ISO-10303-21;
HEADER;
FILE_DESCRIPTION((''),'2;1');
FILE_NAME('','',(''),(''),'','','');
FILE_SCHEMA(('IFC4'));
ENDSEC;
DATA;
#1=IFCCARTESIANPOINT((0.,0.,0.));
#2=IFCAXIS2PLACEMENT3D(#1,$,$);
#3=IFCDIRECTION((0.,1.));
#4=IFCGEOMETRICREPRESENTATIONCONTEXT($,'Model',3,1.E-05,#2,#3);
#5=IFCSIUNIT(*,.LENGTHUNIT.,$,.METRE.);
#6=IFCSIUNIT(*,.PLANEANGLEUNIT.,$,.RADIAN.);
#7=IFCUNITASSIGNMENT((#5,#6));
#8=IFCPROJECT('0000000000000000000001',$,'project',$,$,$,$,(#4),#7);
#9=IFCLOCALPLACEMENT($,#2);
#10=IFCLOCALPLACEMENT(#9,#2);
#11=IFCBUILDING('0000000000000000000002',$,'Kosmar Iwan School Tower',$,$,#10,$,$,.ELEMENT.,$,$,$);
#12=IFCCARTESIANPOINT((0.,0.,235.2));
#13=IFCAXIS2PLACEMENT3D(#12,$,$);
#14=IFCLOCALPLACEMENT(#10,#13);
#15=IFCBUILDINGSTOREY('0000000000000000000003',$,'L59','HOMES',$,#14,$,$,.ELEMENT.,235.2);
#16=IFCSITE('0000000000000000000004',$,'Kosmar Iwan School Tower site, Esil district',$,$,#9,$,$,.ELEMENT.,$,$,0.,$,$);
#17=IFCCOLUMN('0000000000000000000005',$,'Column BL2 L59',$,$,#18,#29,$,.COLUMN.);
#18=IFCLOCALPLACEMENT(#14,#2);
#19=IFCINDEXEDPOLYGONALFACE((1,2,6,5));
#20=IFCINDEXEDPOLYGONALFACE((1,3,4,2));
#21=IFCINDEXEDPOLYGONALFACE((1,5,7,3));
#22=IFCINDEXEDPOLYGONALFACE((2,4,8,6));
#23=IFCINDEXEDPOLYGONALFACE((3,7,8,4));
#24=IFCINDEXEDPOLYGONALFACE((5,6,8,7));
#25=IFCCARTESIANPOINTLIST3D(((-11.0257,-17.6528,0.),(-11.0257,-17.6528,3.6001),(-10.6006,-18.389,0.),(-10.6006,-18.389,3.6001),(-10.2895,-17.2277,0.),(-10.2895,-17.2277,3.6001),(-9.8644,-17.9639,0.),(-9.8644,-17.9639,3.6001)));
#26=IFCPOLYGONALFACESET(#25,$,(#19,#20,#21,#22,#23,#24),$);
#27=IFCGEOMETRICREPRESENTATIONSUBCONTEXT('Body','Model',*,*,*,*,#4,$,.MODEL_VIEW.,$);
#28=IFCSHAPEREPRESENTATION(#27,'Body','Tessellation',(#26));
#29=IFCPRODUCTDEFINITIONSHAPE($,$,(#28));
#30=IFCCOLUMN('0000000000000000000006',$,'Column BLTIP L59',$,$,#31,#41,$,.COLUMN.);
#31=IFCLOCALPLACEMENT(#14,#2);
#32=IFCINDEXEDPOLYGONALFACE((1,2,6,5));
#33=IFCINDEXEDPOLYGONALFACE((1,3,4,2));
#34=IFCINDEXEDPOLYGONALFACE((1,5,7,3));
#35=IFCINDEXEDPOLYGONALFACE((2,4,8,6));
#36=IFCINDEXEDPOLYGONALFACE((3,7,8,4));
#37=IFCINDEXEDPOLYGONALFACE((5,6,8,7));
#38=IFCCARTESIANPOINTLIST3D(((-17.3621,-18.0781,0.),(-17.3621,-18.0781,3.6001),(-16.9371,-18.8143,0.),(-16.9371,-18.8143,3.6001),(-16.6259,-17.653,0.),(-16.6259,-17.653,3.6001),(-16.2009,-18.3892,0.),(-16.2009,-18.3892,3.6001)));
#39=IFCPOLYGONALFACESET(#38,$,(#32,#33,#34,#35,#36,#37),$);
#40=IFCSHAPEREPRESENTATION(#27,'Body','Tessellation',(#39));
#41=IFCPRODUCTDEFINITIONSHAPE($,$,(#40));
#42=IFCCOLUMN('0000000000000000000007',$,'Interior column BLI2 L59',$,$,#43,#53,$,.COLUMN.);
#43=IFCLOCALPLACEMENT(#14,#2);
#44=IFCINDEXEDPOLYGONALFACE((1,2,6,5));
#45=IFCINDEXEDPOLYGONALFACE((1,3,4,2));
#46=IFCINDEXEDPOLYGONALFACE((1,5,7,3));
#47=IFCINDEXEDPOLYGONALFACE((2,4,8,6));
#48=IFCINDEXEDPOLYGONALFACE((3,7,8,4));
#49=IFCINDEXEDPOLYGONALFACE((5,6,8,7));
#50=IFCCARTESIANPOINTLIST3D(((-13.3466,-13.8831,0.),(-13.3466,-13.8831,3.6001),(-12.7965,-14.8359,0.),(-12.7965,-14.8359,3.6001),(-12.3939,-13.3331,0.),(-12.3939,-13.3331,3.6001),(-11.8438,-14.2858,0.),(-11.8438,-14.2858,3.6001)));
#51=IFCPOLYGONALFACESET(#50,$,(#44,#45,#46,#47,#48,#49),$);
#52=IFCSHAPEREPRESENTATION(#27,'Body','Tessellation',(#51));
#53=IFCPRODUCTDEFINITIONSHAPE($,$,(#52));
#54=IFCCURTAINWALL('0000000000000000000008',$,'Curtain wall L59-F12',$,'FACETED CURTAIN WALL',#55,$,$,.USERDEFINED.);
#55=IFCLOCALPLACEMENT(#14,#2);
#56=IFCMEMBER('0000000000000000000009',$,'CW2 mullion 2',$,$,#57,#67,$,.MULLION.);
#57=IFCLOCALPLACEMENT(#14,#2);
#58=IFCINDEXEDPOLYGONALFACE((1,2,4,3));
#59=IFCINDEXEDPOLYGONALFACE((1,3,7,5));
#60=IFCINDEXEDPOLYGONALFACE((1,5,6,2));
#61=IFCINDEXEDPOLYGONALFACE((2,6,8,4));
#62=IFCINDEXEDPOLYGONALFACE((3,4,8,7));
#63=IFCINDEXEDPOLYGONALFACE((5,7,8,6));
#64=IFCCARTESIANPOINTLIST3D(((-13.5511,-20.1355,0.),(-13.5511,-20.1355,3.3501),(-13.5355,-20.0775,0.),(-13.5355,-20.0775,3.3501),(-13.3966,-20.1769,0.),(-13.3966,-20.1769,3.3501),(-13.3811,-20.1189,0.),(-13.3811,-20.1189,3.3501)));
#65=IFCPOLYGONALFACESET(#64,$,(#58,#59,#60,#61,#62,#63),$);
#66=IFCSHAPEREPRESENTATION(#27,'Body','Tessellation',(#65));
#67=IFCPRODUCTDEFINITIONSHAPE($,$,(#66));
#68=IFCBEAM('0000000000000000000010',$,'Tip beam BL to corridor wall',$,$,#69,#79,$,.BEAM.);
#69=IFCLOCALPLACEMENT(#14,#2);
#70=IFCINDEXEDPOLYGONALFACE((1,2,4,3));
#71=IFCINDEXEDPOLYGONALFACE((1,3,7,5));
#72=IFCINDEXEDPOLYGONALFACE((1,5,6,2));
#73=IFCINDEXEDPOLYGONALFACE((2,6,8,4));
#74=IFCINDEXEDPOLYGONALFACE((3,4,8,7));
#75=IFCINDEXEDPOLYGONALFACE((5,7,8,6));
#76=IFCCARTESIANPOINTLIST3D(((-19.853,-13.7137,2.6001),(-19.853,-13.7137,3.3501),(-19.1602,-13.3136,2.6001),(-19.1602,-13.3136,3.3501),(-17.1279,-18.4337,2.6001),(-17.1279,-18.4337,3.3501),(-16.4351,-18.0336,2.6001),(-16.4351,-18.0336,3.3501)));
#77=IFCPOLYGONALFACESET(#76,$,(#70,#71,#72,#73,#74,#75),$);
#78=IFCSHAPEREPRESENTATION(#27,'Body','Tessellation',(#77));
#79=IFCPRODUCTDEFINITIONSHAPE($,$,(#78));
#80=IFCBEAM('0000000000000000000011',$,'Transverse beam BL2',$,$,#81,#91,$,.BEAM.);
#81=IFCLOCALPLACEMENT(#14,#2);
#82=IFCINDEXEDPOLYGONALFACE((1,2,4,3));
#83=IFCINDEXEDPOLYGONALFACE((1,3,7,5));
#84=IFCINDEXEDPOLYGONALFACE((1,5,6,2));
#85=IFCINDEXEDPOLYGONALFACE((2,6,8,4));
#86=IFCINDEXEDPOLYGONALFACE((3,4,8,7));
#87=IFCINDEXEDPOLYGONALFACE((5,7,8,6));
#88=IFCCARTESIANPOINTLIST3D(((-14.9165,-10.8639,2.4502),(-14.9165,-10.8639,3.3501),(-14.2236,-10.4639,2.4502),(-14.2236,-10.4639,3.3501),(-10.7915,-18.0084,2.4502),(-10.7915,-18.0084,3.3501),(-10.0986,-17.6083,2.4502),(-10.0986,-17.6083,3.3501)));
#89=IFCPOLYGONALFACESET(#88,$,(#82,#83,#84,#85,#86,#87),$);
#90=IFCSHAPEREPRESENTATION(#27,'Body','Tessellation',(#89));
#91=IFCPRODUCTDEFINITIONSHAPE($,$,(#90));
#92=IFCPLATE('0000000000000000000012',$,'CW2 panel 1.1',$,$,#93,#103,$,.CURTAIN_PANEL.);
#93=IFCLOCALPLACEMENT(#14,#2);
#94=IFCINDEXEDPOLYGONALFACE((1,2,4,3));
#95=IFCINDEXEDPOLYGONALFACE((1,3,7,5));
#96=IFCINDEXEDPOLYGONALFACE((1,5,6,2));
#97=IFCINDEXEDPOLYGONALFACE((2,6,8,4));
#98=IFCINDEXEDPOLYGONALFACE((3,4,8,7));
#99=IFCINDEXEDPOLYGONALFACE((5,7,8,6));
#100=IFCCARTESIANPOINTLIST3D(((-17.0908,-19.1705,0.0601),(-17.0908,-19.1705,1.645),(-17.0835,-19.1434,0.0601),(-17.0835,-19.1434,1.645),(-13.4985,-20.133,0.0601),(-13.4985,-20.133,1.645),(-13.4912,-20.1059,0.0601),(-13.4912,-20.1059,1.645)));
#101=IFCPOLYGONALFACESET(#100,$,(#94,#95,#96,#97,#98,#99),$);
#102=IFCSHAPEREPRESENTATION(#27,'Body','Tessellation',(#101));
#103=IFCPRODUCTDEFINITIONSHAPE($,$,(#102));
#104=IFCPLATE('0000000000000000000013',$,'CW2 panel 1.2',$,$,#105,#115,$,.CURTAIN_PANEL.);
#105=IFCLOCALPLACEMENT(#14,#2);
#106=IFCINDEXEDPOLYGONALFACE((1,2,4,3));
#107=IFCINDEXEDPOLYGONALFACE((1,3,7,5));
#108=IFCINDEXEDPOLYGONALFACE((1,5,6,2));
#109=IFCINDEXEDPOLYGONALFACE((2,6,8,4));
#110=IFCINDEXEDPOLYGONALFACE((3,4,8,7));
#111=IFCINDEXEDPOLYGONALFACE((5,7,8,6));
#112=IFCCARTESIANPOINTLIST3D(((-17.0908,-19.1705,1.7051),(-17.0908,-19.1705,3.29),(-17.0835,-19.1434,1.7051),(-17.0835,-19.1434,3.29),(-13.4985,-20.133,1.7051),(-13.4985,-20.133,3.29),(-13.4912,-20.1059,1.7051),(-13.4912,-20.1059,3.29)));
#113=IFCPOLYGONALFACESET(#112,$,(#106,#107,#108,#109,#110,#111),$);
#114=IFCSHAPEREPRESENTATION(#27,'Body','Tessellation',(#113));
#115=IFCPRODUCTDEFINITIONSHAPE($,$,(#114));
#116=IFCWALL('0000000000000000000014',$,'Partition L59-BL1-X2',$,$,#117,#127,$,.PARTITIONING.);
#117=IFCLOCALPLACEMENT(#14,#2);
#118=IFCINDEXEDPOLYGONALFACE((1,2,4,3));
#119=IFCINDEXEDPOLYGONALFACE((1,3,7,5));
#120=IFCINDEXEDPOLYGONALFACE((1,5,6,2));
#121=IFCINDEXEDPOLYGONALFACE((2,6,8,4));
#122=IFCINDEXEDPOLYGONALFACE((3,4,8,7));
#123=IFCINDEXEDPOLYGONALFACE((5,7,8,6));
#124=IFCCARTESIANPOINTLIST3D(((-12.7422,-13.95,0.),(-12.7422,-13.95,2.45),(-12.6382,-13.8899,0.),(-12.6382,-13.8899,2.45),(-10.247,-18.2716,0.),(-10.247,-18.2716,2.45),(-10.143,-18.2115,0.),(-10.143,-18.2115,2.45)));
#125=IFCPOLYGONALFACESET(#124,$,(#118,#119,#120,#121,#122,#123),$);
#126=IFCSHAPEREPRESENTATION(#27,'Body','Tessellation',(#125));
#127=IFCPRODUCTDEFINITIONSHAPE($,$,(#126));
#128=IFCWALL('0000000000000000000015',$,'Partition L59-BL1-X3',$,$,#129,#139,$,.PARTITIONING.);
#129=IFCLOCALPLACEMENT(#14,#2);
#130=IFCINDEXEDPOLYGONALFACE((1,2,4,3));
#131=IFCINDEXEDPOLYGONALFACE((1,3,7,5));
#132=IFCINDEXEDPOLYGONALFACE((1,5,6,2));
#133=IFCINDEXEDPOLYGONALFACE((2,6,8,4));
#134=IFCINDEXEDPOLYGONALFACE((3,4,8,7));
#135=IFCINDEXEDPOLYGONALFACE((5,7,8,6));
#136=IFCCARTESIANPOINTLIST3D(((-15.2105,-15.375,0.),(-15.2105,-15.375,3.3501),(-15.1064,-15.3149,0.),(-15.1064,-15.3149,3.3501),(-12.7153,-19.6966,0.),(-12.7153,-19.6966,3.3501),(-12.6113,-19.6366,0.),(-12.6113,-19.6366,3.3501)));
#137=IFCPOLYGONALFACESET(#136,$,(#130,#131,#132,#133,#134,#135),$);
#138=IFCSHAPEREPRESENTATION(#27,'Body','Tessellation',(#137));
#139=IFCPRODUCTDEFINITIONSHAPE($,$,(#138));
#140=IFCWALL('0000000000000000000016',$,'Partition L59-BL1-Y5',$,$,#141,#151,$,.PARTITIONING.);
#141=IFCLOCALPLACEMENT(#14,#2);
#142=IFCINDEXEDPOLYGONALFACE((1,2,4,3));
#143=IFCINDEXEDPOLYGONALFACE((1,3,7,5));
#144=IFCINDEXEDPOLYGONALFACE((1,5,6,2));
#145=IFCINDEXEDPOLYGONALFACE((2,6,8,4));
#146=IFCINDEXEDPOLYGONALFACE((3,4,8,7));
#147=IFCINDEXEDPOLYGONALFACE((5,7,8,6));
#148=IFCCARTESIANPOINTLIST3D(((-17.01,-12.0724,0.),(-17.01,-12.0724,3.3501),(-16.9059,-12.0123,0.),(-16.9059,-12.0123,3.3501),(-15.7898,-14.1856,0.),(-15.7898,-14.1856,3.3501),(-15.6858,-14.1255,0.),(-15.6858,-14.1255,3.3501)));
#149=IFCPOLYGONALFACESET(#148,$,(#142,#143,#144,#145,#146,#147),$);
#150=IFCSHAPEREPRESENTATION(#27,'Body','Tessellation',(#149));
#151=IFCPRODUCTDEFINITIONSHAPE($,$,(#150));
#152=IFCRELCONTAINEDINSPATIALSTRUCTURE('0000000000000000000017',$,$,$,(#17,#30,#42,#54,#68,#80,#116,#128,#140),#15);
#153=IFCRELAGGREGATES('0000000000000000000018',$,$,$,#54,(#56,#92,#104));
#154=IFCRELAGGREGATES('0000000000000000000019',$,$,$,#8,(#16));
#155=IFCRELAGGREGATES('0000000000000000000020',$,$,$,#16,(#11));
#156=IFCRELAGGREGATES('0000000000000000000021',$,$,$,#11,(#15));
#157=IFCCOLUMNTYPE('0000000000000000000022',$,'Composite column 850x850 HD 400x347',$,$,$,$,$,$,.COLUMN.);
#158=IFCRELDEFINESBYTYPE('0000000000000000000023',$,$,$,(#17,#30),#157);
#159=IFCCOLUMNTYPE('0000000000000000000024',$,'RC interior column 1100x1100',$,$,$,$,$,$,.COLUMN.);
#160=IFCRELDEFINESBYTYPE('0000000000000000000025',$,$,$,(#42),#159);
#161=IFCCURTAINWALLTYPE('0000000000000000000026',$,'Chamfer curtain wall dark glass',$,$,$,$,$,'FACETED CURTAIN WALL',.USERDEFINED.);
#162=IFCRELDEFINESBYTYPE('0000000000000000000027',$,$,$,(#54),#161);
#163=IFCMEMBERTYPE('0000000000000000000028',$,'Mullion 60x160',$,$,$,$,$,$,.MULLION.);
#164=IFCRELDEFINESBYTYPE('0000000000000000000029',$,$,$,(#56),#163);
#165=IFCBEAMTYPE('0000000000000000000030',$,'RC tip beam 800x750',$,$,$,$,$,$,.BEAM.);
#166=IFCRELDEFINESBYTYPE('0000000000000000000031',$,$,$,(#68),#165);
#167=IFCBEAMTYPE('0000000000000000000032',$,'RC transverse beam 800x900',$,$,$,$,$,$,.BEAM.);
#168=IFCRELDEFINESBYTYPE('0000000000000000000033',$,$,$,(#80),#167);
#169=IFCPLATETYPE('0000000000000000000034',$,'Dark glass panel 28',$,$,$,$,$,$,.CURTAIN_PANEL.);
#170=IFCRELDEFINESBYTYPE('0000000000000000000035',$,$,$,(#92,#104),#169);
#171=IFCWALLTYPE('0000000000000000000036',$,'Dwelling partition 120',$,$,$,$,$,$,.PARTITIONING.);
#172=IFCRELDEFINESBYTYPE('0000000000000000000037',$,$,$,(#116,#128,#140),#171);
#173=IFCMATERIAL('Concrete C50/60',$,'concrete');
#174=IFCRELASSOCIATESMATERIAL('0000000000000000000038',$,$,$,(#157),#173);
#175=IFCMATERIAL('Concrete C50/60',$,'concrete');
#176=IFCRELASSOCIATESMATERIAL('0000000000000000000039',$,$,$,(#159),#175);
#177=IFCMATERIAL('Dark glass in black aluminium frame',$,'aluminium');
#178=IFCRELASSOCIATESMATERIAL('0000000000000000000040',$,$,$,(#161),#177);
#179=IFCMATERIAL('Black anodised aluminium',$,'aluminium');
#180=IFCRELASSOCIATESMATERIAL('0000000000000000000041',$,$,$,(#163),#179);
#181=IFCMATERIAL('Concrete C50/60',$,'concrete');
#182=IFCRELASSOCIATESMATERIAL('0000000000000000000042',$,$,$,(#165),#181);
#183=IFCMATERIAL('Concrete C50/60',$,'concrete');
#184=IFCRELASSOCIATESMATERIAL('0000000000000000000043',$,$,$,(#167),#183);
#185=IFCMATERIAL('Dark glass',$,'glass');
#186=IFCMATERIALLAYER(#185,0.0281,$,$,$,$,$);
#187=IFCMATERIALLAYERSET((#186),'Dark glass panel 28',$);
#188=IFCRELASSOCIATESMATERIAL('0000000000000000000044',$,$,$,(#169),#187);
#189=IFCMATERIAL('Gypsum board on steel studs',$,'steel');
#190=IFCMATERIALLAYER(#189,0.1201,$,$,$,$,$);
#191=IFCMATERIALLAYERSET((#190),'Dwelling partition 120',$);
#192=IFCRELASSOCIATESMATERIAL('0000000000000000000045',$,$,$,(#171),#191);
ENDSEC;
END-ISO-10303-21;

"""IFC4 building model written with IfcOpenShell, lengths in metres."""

from ifc_helpers import new_model, si_unit, direction, frame, frame_2d, origin, origin_2d, place, context, subcontext, project, spatial, rectangle, extrude, material, layer, layer_set, material_profile, profile_set, type_object, element, aggregate, save


model = new_model("IFC4")

# Units and contexts
model_context = context("Model", 3, precision=1e-05, world=origin(), true_north=direction((0.0, 1.0)))
body_context = subcontext(model_context, "Body", "Model", "MODEL_VIEW")
ifc_project = project(units=[si_unit("LENGTHUNIT", "METRE"), si_unit("PLANEANGLEUNIT", "RADIAN")], contexts=[model_context])

# Site, building, storey
site_placement = place(None, origin())
site = spatial("IfcSite", under=ifc_project, at=site_placement, Name="Kosmar Iwan School Tower site, Esil district", CompositionType="ELEMENT", RefElevation=0.0)
building_placement = place(site_placement, origin())
building = spatial("IfcBuilding", under=site, at=building_placement, Name="Kosmar Iwan School Tower", CompositionType="ELEMENT")
storey_placement = place(building_placement, frame((0.0, 0.0, 235.2)))
storey = spatial("IfcBuildingStorey", under=building, at=storey_placement, Name="L59", Description="HOMES", CompositionType="ELEMENT", Elevation=235.2)

# Columns
ifc_material_1 = material(Name="Concrete C50/60", Category="concrete")
ifc_material_profile_1 = material_profile(ifc_material_1, rectangle(XDim=0.8501, YDim=0.8501, at=origin_2d()), Name="RC 850x850 + HD 400x347")
ifc_profile_set_1 = profile_set([ifc_material_profile_1], Name="Concrete C50/60")
column_type_1 = type_object("IfcColumnType", Name="Composite column 850x850 HD 400x347", PredefinedType="COLUMN", material=ifc_profile_set_1)
for number, where, z_axis, x_axis, name in (
    (1, (-10.4451, -17.8083, 0.0), (0.0, 0.0, 1.0), (-0.866025, -0.5, 0.0), "Column BL2 L59"),
    (2, (-16.7815, -18.2336, 0.0), (0.0, 0.0, 1.0), (-0.866025, -0.5, 0.0), "Column BLTIP L59"),
):
    element("IfcColumn", number, at=place(storey_placement, frame(where, z_axis=z_axis, x_axis=x_axis)), inside=storey, type_object=column_type_1, Name=name, PredefinedType="COLUMN", context=body_context, shape_type="SweptSolid", body=[
        extrude(rectangle(XDim=0.8501, YDim=0.8501, at=origin_2d()), origin(), (0.0, 0.0, 1.0), 3.6001),
    ])
ifc_material_2 = material(Name="Concrete C50/60", Category="concrete")
ifc_material_profile_2 = material_profile(ifc_material_2, rectangle(XDim=1.1001, YDim=1.1001, at=origin_2d()), Name="RC 1100x1100")
ifc_profile_set_2 = profile_set([ifc_material_profile_2], Name="Concrete C50/60")
column_type_2 = type_object("IfcColumnType", Name="RC interior column 1100x1100", PredefinedType="COLUMN", material=ifc_profile_set_2)
column_placement = place(storey_placement, frame((-12.5952, -14.0845, 0.0), z_axis=(0.0, 0.0, 1.0), x_axis=(-0.866025, -0.5, 0.0)))
element("IfcColumn", 3, at=column_placement, inside=storey, type_object=column_type_2, Name="Interior column BLI2 L59", PredefinedType="COLUMN", context=body_context, shape_type="SweptSolid", body=[
    extrude(rectangle(XDim=1.1001, YDim=1.1001, at=origin_2d()), origin(), (0.0, 0.0, 1.0), 3.6001),
])

# Curtain wall, member
ifc_material_3 = material(Name="Dark glass in black aluminium frame", Category="aluminium")
curtain_wall_type = type_object("IfcCurtainWallType", Name="Chamfer curtain wall dark glass", ElementType="FACETED CURTAIN WALL", PredefinedType="USERDEFINED", material=ifc_material_3)
curtain_wall_placement = place(storey_placement, origin())
curtain_wall = element("IfcCurtainWall", 4, at=curtain_wall_placement, inside=storey, type_object=curtain_wall_type, Name="Curtain wall L59-F12", ObjectType="FACETED CURTAIN WALL", PredefinedType="USERDEFINED")
ifc_material_4 = material(Name="Black anodised aluminium", Category="aluminium")
ifc_material_profile_3 = material_profile(ifc_material_4, rectangle(XDim=0.0601, YDim=0.1599, at=origin_2d()), Name="MULLION 60x160")
ifc_profile_set_3 = profile_set([ifc_material_profile_3], Name="Black anodised aluminium")
member_type = type_object("IfcMemberType", Name="Mullion 60x160", PredefinedType="MULLION", material=ifc_profile_set_3)
member_placement = place(storey_placement, frame((-13.4661, -20.1272, 0.0), z_axis=(0.0, 0.0, 1.0), x_axis=(0.258819, 0.965926, 0.0)))
member = element("IfcMember", 5, at=member_placement, type_object=member_type, Name="CW2 mullion 2", PredefinedType="MULLION", context=body_context, shape_type="SweptSolid", body=[
    extrude(rectangle(XDim=0.0601, YDim=0.1599, at=origin_2d()), origin(), (0.0, 0.0, 1.0), 3.3501),
])

# Beams
ifc_material_5 = material(Name="Concrete C50/60", Category="concrete")
ifc_material_profile_4 = material_profile(ifc_material_5, rectangle(XDim=0.8, YDim=0.75, at=origin_2d()), Name="RC 800x750")
ifc_profile_set_4 = profile_set([ifc_material_profile_4], Name="Concrete C50/60")
beam_type_1 = type_object("IfcBeamType", Name="RC tip beam 800x750", PredefinedType="BEAM", material=ifc_profile_set_4)
beam_1_placement = place(storey_placement, frame((-16.7815, -18.2336, 2.9751), z_axis=(-0.500003, 0.866024, 0.0), x_axis=(-0.866024, -0.500003, 0.0)))
element("IfcBeam", 6, at=beam_1_placement, inside=storey, type_object=beam_type_1, Name="Tip beam BL to corridor wall", PredefinedType="BEAM", context=body_context, shape_type="SweptSolid", body=[
    extrude(rectangle(XDim=0.8, YDim=0.75, at=origin_2d()), origin(), (0.0, 0.0, 1.0), 5.4502),
])
ifc_material_6 = material(Name="Concrete C50/60", Category="concrete")
ifc_material_profile_5 = material_profile(ifc_material_6, rectangle(XDim=0.8, YDim=0.8999, at=origin_2d()), Name="RC 800x900")
ifc_profile_set_5 = profile_set([ifc_material_profile_5], Name="Concrete C50/60")
beam_type_2 = type_object("IfcBeamType", Name="RC transverse beam 800x900", PredefinedType="BEAM", material=ifc_profile_set_5)
beam_2_placement = place(storey_placement, frame((-10.4451, -17.8083, 2.9001), z_axis=(-0.500009, 0.86602, 0.0), x_axis=(-0.86602, -0.500009, 0.0)))
element("IfcBeam", 7, at=beam_2_placement, inside=storey, type_object=beam_type_2, Name="Transverse beam BL2", PredefinedType="BEAM", context=body_context, shape_type="SweptSolid", body=[
    extrude(rectangle(XDim=0.8, YDim=0.8999, at=origin_2d()), origin(), (0.0, 0.0, 1.0), 8.2498),
])

# Plates
ifc_material_7 = material(Name="Dark glass", Category="glass")
ifc_layer_1 = layer(ifc_material_7, 0.0281)
ifc_layer_set_1 = layer_set([ifc_layer_1], Name="Dark glass panel 28")
plate_type = type_object("IfcPlateType", Name="Dark glass panel 28", PredefinedType="CURTAIN_PANEL", material=ifc_layer_set_1)
plate_1_placement = place(storey_placement, frame((-15.291, -19.6382, 0.0601), z_axis=(0.0, 0.0, 1.0), x_axis=(0.965926, -0.258819, 0.0)))
plate_1 = element("IfcPlate", 8, at=plate_1_placement, type_object=plate_type, Name="CW2 panel 1.1", PredefinedType="CURTAIN_PANEL", context=body_context, shape_type="SweptSolid", body=[
    extrude(rectangle(XDim=3.719, YDim=0.0281, at=origin_2d()), origin(), (0.0, 0.0, 1.0), 1.585),
])
plate_2_placement = place(storey_placement, frame((-15.291, -19.6382, 1.7051), z_axis=(0.0, 0.0, 1.0), x_axis=(0.965926, -0.258819, 0.0)))
plate_2 = element("IfcPlate", 9, at=plate_2_placement, type_object=plate_type, Name="CW2 panel 1.2", PredefinedType="CURTAIN_PANEL", context=body_context, shape_type="SweptSolid", body=[
    extrude(rectangle(XDim=3.719, YDim=0.0281, at=origin_2d()), origin(), (0.0, 0.0, 1.0), 1.585),
])
aggregate(curtain_wall, [member, plate_1, plate_2])

# Walls
ifc_material_8 = material(Name="Gypsum board on steel studs", Category="steel")
ifc_layer_2 = layer(ifc_material_8, 0.1201)
ifc_layer_set_2 = layer_set([ifc_layer_2], Name="Dwelling partition 120")
wall_type = type_object("IfcWallType", Name="Dwelling partition 120", PredefinedType="PARTITIONING", material=ifc_layer_set_2)
wall_1_placement = place(storey_placement, frame((-12.6902, -13.9199, 0.0), z_axis=(0.0, 0.0, 1.0), x_axis=(0.500012, -0.866019, 0.0)))
element("IfcWall", 10, at=wall_1_placement, inside=storey, type_object=wall_type, Name="Partition L59-BL1-X2", PredefinedType="PARTITIONING", context=body_context, shape_type="SweptSolid", body=[
    extrude(rectangle(XDim=4.9902, YDim=0.1201, at=frame_2d((2.4951, 0.0))), origin(), (0.0, 0.0, 1.0), 2.45),
])
wall_2_placement = place(storey_placement, frame((-15.1584, -15.345, 0.0), z_axis=(0.0, 0.0, 1.0), x_axis=(0.500012, -0.866019, 0.0)))
element("IfcWall", 11, at=wall_2_placement, inside=storey, type_object=wall_type, Name="Partition L59-BL1-X3", PredefinedType="PARTITIONING", context=body_context, shape_type="SweptSolid", body=[
    extrude(rectangle(XDim=4.9902, YDim=0.1201, at=frame_2d((2.4951, 0.0))), origin(), (0.0, 0.0, 1.0), 3.3501),
])
wall_3_placement = place(storey_placement, frame((-16.958, -12.0422, 0.0), z_axis=(0.0, 0.0, 1.0), x_axis=(0.500034, -0.866006, 0.0)))
element("IfcWall", 12, at=wall_3_placement, inside=storey, type_object=wall_type, Name="Partition L59-BL1-Y5", PredefinedType="PARTITIONING", context=body_context, shape_type="SweptSolid", body=[
    extrude(rectangle(XDim=2.4402, YDim=0.1201, at=frame_2d((1.2202, 0.0))), origin(), (0.0, 0.0, 1.0), 3.3501),
])

save(model, "model.ifc")
